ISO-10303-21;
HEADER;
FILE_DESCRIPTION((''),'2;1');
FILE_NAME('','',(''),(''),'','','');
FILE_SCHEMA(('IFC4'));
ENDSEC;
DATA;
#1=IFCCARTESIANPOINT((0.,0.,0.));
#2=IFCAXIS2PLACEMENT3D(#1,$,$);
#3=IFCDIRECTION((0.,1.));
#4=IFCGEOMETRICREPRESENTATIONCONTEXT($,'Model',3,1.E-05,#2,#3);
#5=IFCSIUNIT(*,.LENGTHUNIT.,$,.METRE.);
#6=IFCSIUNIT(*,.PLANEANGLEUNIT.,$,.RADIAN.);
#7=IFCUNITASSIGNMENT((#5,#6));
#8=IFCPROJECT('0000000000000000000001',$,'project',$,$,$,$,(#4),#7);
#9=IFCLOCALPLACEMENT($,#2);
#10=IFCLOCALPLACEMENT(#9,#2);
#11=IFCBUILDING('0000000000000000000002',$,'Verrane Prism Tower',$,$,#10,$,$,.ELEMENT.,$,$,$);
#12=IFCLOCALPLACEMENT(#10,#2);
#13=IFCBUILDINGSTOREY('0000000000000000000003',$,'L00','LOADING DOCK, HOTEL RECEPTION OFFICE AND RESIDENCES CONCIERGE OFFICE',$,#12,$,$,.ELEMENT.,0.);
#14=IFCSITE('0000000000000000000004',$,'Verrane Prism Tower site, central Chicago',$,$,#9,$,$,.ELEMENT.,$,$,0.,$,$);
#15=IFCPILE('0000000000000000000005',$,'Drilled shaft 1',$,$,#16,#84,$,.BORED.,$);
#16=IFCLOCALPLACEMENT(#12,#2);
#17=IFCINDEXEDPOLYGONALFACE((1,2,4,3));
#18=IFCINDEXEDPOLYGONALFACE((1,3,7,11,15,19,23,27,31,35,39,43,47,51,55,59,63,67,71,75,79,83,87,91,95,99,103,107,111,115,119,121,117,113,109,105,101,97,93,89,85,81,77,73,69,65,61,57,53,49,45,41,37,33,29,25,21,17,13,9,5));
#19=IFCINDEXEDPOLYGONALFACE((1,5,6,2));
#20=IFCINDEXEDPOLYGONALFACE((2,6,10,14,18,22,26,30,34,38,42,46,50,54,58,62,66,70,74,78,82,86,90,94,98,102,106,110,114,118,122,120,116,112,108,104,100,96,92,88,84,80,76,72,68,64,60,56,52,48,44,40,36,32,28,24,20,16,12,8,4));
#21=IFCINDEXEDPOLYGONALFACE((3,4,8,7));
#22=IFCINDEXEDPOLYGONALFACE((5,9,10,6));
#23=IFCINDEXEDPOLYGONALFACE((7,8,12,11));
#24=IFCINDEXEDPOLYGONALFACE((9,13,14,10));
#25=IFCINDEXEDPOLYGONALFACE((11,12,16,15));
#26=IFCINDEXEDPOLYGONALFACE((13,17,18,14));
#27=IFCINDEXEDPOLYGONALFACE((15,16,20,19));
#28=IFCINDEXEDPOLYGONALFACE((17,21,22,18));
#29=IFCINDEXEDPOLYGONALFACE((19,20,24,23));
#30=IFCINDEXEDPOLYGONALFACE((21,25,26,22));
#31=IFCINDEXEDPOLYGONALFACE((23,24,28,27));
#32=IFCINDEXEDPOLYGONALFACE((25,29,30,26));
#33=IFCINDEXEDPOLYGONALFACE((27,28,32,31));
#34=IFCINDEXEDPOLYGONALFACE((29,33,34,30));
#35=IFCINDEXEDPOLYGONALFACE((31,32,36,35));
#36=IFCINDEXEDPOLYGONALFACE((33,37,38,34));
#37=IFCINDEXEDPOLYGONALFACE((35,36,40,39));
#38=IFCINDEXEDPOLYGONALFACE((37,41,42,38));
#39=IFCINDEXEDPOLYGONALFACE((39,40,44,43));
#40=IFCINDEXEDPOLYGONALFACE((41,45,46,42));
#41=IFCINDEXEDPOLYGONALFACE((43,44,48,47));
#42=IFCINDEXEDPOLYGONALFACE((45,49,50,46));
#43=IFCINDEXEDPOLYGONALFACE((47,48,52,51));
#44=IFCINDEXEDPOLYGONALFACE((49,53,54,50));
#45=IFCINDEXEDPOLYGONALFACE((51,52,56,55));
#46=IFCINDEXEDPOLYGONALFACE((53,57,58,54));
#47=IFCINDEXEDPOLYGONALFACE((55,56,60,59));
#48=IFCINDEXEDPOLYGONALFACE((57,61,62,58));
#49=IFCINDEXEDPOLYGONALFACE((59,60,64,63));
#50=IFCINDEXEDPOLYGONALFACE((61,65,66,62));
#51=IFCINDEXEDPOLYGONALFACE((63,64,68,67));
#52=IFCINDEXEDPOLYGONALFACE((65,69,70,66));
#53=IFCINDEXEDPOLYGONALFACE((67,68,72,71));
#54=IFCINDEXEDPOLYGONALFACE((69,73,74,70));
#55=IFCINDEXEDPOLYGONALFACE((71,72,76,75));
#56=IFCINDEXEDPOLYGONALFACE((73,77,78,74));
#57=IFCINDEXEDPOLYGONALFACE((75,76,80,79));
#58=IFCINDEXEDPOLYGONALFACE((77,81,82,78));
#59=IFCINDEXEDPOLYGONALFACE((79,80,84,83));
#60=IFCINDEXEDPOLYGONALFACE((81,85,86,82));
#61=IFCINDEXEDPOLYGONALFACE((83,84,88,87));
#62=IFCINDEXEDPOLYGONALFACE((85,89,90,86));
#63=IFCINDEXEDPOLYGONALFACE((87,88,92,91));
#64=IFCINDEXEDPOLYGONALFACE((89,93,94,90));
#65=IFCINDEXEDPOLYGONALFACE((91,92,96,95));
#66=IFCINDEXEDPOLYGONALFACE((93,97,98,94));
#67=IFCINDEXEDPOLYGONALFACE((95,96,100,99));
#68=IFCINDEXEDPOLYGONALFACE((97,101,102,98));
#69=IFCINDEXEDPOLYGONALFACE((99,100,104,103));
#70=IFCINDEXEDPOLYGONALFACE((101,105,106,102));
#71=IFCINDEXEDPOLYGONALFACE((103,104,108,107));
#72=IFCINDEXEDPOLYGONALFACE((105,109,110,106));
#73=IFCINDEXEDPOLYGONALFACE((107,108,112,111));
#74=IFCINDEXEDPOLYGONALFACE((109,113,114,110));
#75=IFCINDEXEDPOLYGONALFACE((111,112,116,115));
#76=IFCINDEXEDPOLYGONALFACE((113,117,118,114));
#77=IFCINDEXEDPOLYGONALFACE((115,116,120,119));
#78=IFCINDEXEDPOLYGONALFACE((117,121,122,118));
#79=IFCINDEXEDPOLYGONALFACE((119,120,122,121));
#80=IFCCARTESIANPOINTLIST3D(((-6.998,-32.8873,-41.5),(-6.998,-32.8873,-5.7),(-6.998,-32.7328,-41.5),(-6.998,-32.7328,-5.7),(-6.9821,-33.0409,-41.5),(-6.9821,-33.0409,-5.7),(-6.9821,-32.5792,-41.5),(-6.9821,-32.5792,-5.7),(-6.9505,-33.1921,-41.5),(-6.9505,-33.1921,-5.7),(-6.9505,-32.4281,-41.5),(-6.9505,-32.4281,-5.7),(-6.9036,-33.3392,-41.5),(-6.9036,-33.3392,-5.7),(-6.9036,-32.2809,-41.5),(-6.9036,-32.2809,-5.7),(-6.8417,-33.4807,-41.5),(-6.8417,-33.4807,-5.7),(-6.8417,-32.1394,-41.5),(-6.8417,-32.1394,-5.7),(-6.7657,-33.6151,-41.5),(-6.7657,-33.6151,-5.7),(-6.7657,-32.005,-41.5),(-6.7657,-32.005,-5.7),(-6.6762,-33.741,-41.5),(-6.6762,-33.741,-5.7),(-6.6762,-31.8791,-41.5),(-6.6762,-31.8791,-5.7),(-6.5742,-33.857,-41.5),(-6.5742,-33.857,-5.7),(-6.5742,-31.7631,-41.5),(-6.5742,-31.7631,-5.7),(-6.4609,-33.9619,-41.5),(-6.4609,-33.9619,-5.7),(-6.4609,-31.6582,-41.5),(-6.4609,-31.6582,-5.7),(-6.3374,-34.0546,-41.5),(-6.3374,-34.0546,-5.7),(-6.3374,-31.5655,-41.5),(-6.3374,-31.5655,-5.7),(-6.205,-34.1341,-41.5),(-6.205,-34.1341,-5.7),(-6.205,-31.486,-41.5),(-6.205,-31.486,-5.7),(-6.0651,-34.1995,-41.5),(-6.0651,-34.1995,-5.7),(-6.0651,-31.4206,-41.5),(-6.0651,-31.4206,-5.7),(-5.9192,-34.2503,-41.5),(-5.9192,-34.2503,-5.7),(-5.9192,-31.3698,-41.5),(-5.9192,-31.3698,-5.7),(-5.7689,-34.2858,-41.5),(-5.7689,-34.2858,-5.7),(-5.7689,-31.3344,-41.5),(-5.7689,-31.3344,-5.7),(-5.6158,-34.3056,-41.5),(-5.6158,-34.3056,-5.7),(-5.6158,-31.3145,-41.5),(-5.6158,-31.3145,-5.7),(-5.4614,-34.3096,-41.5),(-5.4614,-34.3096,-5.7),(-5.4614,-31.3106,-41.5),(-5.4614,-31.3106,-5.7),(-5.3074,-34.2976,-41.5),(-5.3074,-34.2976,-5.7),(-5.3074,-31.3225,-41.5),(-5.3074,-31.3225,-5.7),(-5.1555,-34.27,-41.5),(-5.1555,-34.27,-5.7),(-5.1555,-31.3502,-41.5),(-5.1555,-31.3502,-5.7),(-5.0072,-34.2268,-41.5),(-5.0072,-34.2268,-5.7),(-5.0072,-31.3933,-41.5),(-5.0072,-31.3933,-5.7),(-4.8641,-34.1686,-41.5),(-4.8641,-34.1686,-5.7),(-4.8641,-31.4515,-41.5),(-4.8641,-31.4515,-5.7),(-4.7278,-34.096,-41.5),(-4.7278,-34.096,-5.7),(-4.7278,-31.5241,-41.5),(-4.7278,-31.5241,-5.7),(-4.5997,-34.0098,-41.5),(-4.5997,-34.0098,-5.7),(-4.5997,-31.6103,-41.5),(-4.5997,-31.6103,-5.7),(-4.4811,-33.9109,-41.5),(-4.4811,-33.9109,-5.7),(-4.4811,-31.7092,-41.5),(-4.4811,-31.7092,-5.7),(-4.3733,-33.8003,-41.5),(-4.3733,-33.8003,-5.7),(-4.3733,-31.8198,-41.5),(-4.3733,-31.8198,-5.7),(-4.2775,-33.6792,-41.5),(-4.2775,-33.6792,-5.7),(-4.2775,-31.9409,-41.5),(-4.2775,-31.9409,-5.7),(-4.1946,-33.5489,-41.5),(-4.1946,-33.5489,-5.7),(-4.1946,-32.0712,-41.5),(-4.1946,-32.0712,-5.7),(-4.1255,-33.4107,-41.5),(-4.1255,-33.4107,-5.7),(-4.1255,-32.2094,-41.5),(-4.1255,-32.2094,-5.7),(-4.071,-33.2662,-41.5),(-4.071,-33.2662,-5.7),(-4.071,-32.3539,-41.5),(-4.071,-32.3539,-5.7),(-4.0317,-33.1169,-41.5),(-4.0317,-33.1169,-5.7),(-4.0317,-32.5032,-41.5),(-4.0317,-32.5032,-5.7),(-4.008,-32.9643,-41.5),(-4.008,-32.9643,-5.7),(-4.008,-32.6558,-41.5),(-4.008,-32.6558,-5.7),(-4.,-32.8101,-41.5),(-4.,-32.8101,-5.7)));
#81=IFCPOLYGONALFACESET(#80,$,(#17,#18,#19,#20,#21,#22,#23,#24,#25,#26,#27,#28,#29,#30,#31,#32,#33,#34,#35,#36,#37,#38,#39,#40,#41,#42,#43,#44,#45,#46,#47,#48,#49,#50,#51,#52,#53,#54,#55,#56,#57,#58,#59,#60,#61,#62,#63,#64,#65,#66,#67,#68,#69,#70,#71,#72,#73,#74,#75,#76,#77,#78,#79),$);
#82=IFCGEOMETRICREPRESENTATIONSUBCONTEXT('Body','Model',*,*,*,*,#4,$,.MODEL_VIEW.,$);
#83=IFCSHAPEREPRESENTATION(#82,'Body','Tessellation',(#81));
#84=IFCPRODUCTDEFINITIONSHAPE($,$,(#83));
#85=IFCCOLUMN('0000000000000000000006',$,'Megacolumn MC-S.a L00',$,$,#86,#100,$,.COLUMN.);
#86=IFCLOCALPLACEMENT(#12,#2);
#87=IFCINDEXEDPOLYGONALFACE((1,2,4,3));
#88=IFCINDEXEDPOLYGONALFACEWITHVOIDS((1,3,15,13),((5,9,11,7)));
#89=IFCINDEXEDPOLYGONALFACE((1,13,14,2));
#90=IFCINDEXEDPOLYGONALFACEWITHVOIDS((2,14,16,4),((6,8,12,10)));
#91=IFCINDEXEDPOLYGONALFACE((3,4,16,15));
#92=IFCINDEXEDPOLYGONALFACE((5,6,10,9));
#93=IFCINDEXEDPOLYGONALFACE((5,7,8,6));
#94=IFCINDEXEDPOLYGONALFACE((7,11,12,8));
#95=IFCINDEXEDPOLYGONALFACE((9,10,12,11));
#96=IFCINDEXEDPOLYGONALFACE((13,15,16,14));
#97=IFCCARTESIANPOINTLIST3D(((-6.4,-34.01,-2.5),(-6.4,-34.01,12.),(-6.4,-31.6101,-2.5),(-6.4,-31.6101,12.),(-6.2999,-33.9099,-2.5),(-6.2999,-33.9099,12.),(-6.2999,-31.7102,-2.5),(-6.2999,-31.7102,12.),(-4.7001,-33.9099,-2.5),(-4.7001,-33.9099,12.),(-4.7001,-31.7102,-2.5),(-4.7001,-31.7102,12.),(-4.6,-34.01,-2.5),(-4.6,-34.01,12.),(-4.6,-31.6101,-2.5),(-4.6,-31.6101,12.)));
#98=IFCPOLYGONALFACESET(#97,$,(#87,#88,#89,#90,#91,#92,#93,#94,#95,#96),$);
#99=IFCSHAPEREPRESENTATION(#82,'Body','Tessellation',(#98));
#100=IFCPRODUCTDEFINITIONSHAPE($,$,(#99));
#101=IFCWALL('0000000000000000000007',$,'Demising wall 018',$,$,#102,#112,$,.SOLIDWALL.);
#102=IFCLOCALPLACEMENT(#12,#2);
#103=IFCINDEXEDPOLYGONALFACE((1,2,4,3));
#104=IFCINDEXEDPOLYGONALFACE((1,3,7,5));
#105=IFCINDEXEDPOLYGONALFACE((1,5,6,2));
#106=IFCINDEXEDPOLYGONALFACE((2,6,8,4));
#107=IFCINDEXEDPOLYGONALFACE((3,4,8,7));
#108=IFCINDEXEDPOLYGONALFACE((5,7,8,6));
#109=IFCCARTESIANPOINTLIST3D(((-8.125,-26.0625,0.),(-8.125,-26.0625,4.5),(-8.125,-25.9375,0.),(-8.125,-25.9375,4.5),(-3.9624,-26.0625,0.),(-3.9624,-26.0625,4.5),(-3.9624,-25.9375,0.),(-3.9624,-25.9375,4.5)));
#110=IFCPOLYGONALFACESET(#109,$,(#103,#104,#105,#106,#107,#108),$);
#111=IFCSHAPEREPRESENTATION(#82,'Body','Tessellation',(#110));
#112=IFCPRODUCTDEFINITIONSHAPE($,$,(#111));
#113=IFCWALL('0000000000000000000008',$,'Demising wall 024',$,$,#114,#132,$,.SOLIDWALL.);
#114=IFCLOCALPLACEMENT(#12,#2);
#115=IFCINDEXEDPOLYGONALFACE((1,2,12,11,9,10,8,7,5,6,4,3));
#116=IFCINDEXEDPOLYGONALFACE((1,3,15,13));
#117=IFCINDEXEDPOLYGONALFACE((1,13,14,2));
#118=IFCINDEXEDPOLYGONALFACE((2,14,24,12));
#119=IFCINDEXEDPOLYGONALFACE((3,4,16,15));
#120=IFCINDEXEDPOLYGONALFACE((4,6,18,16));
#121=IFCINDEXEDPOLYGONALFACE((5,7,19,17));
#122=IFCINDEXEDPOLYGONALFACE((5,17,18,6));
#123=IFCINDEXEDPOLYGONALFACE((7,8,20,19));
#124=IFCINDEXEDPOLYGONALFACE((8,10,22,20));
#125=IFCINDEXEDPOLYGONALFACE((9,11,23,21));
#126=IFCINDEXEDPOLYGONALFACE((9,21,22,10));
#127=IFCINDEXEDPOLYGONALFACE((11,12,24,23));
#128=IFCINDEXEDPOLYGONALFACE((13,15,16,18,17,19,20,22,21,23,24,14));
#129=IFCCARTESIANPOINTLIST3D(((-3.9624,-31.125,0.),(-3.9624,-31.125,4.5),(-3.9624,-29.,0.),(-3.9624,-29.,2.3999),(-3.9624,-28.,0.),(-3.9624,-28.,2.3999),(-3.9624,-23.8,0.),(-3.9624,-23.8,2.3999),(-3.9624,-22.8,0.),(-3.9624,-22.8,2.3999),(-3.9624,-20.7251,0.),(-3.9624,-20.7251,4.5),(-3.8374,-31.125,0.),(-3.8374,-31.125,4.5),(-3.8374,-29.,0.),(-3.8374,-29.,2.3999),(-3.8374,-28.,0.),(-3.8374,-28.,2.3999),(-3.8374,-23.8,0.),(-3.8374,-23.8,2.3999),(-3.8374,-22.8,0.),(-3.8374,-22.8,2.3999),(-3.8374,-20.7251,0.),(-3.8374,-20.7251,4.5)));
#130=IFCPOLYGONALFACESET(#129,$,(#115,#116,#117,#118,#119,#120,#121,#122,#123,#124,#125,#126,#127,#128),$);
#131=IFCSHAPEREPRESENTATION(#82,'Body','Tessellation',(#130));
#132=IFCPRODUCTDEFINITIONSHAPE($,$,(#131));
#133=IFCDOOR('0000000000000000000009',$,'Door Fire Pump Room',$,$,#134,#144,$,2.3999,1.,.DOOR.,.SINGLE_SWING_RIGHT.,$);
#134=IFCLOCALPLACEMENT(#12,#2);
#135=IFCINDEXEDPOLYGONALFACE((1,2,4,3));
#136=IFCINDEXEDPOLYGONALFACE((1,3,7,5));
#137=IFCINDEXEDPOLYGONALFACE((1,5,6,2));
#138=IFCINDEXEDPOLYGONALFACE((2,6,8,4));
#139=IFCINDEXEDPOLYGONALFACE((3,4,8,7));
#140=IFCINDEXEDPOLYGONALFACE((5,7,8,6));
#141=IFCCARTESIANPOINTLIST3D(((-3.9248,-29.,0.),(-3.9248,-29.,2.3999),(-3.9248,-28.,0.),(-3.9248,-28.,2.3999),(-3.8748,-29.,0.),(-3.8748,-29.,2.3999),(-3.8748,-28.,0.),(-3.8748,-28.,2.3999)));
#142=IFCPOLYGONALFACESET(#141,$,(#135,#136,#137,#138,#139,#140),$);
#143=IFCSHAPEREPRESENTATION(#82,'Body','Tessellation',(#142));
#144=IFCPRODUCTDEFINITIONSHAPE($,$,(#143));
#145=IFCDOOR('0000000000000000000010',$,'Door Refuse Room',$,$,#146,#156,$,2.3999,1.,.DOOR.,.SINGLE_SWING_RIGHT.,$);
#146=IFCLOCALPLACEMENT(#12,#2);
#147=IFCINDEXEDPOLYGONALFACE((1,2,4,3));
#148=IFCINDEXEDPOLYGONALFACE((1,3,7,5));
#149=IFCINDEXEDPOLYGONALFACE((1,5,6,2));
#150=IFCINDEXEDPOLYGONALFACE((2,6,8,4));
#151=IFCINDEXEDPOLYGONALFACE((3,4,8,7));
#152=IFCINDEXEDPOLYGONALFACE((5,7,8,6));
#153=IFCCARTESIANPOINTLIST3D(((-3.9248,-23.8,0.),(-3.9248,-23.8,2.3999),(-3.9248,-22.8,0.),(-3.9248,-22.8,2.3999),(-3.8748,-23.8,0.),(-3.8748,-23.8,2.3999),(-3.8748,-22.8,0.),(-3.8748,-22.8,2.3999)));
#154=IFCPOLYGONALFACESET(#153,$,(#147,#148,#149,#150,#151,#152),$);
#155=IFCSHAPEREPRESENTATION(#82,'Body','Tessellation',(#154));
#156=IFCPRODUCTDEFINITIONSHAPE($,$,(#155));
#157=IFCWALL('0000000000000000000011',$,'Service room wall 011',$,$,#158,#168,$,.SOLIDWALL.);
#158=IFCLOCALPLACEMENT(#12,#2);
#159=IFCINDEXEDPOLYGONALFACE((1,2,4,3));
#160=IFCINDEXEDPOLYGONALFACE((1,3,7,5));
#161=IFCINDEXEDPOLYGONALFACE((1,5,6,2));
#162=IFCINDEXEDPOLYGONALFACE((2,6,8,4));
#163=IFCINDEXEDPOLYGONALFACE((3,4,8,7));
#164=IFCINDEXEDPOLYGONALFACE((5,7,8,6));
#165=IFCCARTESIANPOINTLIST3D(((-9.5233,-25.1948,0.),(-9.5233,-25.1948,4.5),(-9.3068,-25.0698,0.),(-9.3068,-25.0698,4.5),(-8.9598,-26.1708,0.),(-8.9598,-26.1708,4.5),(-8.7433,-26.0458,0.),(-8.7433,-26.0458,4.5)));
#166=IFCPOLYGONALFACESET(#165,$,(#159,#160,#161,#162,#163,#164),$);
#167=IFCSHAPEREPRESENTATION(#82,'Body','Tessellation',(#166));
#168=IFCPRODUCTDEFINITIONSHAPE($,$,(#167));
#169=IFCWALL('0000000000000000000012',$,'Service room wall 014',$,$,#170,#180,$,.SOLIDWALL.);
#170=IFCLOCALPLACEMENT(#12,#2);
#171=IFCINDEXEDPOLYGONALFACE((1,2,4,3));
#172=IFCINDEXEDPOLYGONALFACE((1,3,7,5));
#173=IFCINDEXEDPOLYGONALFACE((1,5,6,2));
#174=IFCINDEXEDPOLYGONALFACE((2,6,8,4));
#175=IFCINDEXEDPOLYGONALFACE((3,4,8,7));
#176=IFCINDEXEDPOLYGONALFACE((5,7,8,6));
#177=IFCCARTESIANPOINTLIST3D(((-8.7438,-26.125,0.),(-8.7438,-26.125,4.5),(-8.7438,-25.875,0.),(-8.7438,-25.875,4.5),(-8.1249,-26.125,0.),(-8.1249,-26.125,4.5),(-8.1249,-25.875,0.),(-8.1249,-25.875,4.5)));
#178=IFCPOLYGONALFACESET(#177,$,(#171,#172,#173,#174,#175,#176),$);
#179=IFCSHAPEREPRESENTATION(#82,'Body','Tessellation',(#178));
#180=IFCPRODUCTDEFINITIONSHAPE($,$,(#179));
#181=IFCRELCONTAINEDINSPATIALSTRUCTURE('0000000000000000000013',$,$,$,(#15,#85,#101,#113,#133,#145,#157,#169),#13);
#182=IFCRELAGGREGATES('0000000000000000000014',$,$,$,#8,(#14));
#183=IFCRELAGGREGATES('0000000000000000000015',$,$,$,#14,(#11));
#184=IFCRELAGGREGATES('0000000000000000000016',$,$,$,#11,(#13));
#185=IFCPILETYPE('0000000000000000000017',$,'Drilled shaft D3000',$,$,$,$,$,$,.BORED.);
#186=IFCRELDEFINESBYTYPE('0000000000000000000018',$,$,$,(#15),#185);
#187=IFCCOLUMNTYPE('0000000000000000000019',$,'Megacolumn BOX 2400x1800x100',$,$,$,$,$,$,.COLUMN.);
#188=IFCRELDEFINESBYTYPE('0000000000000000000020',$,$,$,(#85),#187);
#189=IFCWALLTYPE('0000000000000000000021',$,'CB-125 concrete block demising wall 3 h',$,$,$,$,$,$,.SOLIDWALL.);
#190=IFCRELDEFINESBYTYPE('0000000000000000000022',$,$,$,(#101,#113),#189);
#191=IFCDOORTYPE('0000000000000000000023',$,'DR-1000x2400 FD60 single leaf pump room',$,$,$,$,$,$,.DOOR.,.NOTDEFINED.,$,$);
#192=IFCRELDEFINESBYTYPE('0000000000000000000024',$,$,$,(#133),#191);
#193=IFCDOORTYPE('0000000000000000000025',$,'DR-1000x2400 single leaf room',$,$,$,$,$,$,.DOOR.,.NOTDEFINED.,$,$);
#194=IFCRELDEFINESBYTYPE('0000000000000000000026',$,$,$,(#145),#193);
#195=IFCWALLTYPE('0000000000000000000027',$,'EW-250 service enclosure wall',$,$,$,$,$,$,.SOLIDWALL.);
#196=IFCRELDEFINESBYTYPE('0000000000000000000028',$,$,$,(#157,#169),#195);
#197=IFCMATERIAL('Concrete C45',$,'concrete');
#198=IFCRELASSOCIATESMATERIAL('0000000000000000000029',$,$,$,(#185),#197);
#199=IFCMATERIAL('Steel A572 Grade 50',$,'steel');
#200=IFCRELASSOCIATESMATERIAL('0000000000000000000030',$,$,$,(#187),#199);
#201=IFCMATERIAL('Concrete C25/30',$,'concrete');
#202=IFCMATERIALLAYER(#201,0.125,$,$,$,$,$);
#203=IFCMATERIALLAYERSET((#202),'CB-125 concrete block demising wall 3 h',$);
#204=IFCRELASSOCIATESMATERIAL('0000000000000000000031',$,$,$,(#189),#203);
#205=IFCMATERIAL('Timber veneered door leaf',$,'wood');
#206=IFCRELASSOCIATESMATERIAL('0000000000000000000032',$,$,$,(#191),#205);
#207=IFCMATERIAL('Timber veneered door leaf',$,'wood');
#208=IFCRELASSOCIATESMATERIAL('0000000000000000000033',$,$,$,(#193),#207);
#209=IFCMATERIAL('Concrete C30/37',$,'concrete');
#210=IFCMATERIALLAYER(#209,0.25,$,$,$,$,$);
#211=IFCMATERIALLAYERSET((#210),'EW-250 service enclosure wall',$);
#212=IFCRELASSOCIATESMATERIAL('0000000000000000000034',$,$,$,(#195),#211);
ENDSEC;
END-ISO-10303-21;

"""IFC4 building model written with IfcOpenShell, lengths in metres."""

from ifc_helpers import new_model, si_unit, direction, frame, frame_2d, origin, origin_2d, place, context, subcontext, project, spatial, rectangle, hollow_rectangle, circle, extrude, material, layer, layer_set, material_profile, profile_set, type_object, element, fill, save


model = new_model("IFC4")

# Units and contexts
model_context = context("Model", 3, precision=1e-05, world=origin(), true_north=direction((0.0, 1.0)))
body_context = subcontext(model_context, "Body", "Model", "MODEL_VIEW")
ifc_project = project(units=[si_unit("LENGTHUNIT", "METRE"), si_unit("PLANEANGLEUNIT", "RADIAN")], contexts=[model_context])

# Site, building, storey
site_placement = place(None, origin())
site = spatial("IfcSite", under=ifc_project, at=site_placement, Name="Verrane Prism Tower site, central Chicago", CompositionType="ELEMENT", RefElevation=0.0)
building_placement = place(site_placement, origin())
building = spatial("IfcBuilding", under=site, at=building_placement, Name="Verrane Prism Tower", CompositionType="ELEMENT")
storey_placement = place(building_placement, origin())
storey = spatial("IfcBuildingStorey", under=building, at=storey_placement, Name="L00", Description="LOADING DOCK, HOTEL RECEPTION OFFICE AND RESIDENCES CONCIERGE OFFICE", CompositionType="ELEMENT", Elevation=0.0)

# Pile
ifc_material_1 = material(Name="Concrete C45", Category="concrete")
pile_type = type_object("IfcPileType", Name="Drilled shaft D3000", PredefinedType="BORED", material=ifc_material_1)
pile_placement = place(storey_placement, frame((-5.5, -32.8101, -5.7), z_axis=(0.0, 0.0, -1.0), x_axis=(1.0, 0.0, 0.0)))
element("IfcPile", 1, at=pile_placement, inside=storey, type_object=pile_type, Name="Drilled shaft 1", PredefinedType="BORED", context=body_context, shape_type="SweptSolid", body=[
    extrude(circle(Radius=1.5, at=origin_2d()), origin(), (0.0, 0.0, 1.0), 35.8),
])

# Column
ifc_material_2 = material(Name="Steel A572 Grade 50", Category="steel")
ifc_material_profile = material_profile(ifc_material_2, hollow_rectangle(XDim=1.8, YDim=2.3999, WallThickness=0.1001, at=origin_2d()), Name="BOX 2400x1800x100")
ifc_profile_set = profile_set([ifc_material_profile], Name="Steel A572 Grade 50")
column_type = type_object("IfcColumnType", Name="Megacolumn BOX 2400x1800x100", PredefinedType="COLUMN", material=ifc_profile_set)
column_placement = place(storey_placement, frame((-5.5, -32.8101, -2.5), z_axis=(0.0, 0.0, 1.0), x_axis=(-1.0, 0.0, 0.0)))
element("IfcColumn", 2, at=column_placement, inside=storey, type_object=column_type, Name="Megacolumn MC-S.a L00", PredefinedType="COLUMN", context=body_context, shape_type="SweptSolid", body=[
    extrude(hollow_rectangle(XDim=1.8, YDim=2.3999, WallThickness=0.1001, at=origin_2d()), origin(), (0.0, 0.0, 1.0), 14.5),
])

# Wall
ifc_material_3 = material(Name="Concrete C25/30", Category="concrete")
ifc_layer_1 = layer(ifc_material_3, 0.125)
ifc_layer_set_1 = layer_set([ifc_layer_1], Name="CB-125 concrete block demising wall 3 h")
wall_type_1 = type_object("IfcWallType", Name="CB-125 concrete block demising wall 3 h", PredefinedType="SOLIDWALL", material=ifc_layer_set_1)
wall_1_placement = place(storey_placement, frame((-8.125, -26.0, 0.0), z_axis=(0.0, 0.0, 1.0), x_axis=(1.0, 0.0, 0.0)))
element("IfcWall", 3, at=wall_1_placement, inside=storey, type_object=wall_type_1, Name="Demising wall 018", PredefinedType="SOLIDWALL", context=body_context, shape_type="SweptSolid", body=[
    extrude(rectangle(XDim=4.1626, YDim=0.125, at=frame_2d((2.0813, 0.0))), origin(), (0.0, 0.0, 1.0), 4.5),
])

# Wall, openings, doors
wall_2_placement = place(storey_placement, frame((-3.8999, -31.125, 0.0), z_axis=(0.0, 0.0, 1.0), x_axis=(0.0, 1.0, 0.0)))
wall_2 = element("IfcWall", 4, at=wall_2_placement, inside=storey, type_object=wall_type_1, Name="Demising wall 024", PredefinedType="SOLIDWALL", context=body_context, shape_type="SweptSolid", body=[
    extrude(rectangle(XDim=10.3999, YDim=0.125, at=frame_2d((5.2, 0.0))), origin(), (0.0, 0.0, 1.0), 4.5),
])
opening_1_placement = place(wall_2_placement, frame((7.325, 0.0, 0.0)))
opening_1 = element("IfcOpeningElement", 5, at=opening_1_placement, cuts=wall_2, PredefinedType="OPENING", context=body_context, shape_type="SweptSolid", body=[
    extrude(rectangle(XDim=1.0, YDim=2.3999, at=frame_2d((0.5, 1.2))), frame((0.0, 0.0725, 0.0), z_axis=(0.0, -1.0, 0.0), x_axis=(1.0, 0.0, 0.0)), (0.0, 0.0, 1.0), 0.145),
])
opening_2_placement = place(wall_2_placement, frame((2.125, 0.0, 0.0)))
opening_2 = element("IfcOpeningElement", 6, at=opening_2_placement, cuts=wall_2, PredefinedType="OPENING", context=body_context, shape_type="SweptSolid", body=[
    extrude(rectangle(XDim=1.0, YDim=2.3999, at=frame_2d((0.5, 1.2))), frame((0.0, 0.0725, 0.0), z_axis=(0.0, -1.0, 0.0), x_axis=(1.0, 0.0, 0.0)), (0.0, 0.0, 1.0), 0.145),
])
ifc_material_4 = material(Name="Timber veneered door leaf", Category="wood")
door_type_1 = type_object("IfcDoorType", Name="DR-1000x2400 FD60 single leaf pump room", OperationType="NOTDEFINED", PredefinedType="DOOR", material=ifc_material_4)
door_1_placement = place(opening_2_placement, origin())
door_1 = element("IfcDoor", 7, at=door_1_placement, inside=storey, type_object=door_type_1, Name="Door Fire Pump Room", OperationType="SINGLE_SWING_RIGHT", OverallHeight=2.3999, OverallWidth=1.0, PredefinedType="DOOR", context=body_context, shape_type="SweptSolid", body=[
    extrude(rectangle(XDim=1.0, YDim=2.3999, at=frame_2d((0.5, 1.2))), frame((0.0, 0.0249, 0.0), z_axis=(0.0, -1.0, 0.0), x_axis=(1.0, 0.0, 0.0)), (0.0, 0.0, 1.0), 0.05),
])
fill(opening_2, door_1)
ifc_material_5 = material(Name="Timber veneered door leaf", Category="wood")
door_type_2 = type_object("IfcDoorType", Name="DR-1000x2400 single leaf room", OperationType="NOTDEFINED", PredefinedType="DOOR", material=ifc_material_5)
door_2_placement = place(opening_1_placement, origin())
door_2 = element("IfcDoor", 8, at=door_2_placement, inside=storey, type_object=door_type_2, Name="Door Refuse Room", OperationType="SINGLE_SWING_RIGHT", OverallHeight=2.3999, OverallWidth=1.0, PredefinedType="DOOR", context=body_context, shape_type="SweptSolid", body=[
    extrude(rectangle(XDim=1.0, YDim=2.3999, at=frame_2d((0.5, 1.2))), frame((0.0, 0.0249, 0.0), z_axis=(0.0, -1.0, 0.0), x_axis=(1.0, 0.0, 0.0)), (0.0, 0.0, 1.0), 0.05),
])
fill(opening_1, door_2)

# Walls
ifc_material_6 = material(Name="Concrete C30/37", Category="concrete")
ifc_layer_2 = layer(ifc_material_6, 0.25)
ifc_layer_set_2 = layer_set([ifc_layer_2], Name="EW-250 service enclosure wall")
wall_type_2 = type_object("IfcWallType", Name="EW-250 service enclosure wall", PredefinedType="SOLIDWALL", material=ifc_layer_set_2)
wall_3_placement = place(storey_placement, frame((-9.415, -25.1323, 0.0), z_axis=(0.0, 0.0, 1.0), x_axis=(0.500054, -0.865994, 0.0)))
element("IfcWall", 9, at=wall_3_placement, inside=storey, type_object=wall_type_2, Name="Service room wall 011", PredefinedType="SOLIDWALL", context=body_context, shape_type="SweptSolid", body=[
    extrude(rectangle(XDim=1.127, YDim=0.25, at=frame_2d((0.5635, 0.0))), origin(), (0.0, 0.0, 1.0), 4.5),
])
wall_4_placement = place(storey_placement, frame((-8.7439, -26.0, 0.0), z_axis=(0.0, 0.0, 1.0), x_axis=(1.0, 0.0, 0.0)))
element("IfcWall", 10, at=wall_4_placement, inside=storey, type_object=wall_type_2, Name="Service room wall 014", PredefinedType="SOLIDWALL", context=body_context, shape_type="SweptSolid", body=[
    extrude(rectangle(XDim=0.6189, YDim=0.25, at=frame_2d((0.3096, 0.0))), origin(), (0.0, 0.0, 1.0), 4.5),
])

save(model, "model.ifc")
